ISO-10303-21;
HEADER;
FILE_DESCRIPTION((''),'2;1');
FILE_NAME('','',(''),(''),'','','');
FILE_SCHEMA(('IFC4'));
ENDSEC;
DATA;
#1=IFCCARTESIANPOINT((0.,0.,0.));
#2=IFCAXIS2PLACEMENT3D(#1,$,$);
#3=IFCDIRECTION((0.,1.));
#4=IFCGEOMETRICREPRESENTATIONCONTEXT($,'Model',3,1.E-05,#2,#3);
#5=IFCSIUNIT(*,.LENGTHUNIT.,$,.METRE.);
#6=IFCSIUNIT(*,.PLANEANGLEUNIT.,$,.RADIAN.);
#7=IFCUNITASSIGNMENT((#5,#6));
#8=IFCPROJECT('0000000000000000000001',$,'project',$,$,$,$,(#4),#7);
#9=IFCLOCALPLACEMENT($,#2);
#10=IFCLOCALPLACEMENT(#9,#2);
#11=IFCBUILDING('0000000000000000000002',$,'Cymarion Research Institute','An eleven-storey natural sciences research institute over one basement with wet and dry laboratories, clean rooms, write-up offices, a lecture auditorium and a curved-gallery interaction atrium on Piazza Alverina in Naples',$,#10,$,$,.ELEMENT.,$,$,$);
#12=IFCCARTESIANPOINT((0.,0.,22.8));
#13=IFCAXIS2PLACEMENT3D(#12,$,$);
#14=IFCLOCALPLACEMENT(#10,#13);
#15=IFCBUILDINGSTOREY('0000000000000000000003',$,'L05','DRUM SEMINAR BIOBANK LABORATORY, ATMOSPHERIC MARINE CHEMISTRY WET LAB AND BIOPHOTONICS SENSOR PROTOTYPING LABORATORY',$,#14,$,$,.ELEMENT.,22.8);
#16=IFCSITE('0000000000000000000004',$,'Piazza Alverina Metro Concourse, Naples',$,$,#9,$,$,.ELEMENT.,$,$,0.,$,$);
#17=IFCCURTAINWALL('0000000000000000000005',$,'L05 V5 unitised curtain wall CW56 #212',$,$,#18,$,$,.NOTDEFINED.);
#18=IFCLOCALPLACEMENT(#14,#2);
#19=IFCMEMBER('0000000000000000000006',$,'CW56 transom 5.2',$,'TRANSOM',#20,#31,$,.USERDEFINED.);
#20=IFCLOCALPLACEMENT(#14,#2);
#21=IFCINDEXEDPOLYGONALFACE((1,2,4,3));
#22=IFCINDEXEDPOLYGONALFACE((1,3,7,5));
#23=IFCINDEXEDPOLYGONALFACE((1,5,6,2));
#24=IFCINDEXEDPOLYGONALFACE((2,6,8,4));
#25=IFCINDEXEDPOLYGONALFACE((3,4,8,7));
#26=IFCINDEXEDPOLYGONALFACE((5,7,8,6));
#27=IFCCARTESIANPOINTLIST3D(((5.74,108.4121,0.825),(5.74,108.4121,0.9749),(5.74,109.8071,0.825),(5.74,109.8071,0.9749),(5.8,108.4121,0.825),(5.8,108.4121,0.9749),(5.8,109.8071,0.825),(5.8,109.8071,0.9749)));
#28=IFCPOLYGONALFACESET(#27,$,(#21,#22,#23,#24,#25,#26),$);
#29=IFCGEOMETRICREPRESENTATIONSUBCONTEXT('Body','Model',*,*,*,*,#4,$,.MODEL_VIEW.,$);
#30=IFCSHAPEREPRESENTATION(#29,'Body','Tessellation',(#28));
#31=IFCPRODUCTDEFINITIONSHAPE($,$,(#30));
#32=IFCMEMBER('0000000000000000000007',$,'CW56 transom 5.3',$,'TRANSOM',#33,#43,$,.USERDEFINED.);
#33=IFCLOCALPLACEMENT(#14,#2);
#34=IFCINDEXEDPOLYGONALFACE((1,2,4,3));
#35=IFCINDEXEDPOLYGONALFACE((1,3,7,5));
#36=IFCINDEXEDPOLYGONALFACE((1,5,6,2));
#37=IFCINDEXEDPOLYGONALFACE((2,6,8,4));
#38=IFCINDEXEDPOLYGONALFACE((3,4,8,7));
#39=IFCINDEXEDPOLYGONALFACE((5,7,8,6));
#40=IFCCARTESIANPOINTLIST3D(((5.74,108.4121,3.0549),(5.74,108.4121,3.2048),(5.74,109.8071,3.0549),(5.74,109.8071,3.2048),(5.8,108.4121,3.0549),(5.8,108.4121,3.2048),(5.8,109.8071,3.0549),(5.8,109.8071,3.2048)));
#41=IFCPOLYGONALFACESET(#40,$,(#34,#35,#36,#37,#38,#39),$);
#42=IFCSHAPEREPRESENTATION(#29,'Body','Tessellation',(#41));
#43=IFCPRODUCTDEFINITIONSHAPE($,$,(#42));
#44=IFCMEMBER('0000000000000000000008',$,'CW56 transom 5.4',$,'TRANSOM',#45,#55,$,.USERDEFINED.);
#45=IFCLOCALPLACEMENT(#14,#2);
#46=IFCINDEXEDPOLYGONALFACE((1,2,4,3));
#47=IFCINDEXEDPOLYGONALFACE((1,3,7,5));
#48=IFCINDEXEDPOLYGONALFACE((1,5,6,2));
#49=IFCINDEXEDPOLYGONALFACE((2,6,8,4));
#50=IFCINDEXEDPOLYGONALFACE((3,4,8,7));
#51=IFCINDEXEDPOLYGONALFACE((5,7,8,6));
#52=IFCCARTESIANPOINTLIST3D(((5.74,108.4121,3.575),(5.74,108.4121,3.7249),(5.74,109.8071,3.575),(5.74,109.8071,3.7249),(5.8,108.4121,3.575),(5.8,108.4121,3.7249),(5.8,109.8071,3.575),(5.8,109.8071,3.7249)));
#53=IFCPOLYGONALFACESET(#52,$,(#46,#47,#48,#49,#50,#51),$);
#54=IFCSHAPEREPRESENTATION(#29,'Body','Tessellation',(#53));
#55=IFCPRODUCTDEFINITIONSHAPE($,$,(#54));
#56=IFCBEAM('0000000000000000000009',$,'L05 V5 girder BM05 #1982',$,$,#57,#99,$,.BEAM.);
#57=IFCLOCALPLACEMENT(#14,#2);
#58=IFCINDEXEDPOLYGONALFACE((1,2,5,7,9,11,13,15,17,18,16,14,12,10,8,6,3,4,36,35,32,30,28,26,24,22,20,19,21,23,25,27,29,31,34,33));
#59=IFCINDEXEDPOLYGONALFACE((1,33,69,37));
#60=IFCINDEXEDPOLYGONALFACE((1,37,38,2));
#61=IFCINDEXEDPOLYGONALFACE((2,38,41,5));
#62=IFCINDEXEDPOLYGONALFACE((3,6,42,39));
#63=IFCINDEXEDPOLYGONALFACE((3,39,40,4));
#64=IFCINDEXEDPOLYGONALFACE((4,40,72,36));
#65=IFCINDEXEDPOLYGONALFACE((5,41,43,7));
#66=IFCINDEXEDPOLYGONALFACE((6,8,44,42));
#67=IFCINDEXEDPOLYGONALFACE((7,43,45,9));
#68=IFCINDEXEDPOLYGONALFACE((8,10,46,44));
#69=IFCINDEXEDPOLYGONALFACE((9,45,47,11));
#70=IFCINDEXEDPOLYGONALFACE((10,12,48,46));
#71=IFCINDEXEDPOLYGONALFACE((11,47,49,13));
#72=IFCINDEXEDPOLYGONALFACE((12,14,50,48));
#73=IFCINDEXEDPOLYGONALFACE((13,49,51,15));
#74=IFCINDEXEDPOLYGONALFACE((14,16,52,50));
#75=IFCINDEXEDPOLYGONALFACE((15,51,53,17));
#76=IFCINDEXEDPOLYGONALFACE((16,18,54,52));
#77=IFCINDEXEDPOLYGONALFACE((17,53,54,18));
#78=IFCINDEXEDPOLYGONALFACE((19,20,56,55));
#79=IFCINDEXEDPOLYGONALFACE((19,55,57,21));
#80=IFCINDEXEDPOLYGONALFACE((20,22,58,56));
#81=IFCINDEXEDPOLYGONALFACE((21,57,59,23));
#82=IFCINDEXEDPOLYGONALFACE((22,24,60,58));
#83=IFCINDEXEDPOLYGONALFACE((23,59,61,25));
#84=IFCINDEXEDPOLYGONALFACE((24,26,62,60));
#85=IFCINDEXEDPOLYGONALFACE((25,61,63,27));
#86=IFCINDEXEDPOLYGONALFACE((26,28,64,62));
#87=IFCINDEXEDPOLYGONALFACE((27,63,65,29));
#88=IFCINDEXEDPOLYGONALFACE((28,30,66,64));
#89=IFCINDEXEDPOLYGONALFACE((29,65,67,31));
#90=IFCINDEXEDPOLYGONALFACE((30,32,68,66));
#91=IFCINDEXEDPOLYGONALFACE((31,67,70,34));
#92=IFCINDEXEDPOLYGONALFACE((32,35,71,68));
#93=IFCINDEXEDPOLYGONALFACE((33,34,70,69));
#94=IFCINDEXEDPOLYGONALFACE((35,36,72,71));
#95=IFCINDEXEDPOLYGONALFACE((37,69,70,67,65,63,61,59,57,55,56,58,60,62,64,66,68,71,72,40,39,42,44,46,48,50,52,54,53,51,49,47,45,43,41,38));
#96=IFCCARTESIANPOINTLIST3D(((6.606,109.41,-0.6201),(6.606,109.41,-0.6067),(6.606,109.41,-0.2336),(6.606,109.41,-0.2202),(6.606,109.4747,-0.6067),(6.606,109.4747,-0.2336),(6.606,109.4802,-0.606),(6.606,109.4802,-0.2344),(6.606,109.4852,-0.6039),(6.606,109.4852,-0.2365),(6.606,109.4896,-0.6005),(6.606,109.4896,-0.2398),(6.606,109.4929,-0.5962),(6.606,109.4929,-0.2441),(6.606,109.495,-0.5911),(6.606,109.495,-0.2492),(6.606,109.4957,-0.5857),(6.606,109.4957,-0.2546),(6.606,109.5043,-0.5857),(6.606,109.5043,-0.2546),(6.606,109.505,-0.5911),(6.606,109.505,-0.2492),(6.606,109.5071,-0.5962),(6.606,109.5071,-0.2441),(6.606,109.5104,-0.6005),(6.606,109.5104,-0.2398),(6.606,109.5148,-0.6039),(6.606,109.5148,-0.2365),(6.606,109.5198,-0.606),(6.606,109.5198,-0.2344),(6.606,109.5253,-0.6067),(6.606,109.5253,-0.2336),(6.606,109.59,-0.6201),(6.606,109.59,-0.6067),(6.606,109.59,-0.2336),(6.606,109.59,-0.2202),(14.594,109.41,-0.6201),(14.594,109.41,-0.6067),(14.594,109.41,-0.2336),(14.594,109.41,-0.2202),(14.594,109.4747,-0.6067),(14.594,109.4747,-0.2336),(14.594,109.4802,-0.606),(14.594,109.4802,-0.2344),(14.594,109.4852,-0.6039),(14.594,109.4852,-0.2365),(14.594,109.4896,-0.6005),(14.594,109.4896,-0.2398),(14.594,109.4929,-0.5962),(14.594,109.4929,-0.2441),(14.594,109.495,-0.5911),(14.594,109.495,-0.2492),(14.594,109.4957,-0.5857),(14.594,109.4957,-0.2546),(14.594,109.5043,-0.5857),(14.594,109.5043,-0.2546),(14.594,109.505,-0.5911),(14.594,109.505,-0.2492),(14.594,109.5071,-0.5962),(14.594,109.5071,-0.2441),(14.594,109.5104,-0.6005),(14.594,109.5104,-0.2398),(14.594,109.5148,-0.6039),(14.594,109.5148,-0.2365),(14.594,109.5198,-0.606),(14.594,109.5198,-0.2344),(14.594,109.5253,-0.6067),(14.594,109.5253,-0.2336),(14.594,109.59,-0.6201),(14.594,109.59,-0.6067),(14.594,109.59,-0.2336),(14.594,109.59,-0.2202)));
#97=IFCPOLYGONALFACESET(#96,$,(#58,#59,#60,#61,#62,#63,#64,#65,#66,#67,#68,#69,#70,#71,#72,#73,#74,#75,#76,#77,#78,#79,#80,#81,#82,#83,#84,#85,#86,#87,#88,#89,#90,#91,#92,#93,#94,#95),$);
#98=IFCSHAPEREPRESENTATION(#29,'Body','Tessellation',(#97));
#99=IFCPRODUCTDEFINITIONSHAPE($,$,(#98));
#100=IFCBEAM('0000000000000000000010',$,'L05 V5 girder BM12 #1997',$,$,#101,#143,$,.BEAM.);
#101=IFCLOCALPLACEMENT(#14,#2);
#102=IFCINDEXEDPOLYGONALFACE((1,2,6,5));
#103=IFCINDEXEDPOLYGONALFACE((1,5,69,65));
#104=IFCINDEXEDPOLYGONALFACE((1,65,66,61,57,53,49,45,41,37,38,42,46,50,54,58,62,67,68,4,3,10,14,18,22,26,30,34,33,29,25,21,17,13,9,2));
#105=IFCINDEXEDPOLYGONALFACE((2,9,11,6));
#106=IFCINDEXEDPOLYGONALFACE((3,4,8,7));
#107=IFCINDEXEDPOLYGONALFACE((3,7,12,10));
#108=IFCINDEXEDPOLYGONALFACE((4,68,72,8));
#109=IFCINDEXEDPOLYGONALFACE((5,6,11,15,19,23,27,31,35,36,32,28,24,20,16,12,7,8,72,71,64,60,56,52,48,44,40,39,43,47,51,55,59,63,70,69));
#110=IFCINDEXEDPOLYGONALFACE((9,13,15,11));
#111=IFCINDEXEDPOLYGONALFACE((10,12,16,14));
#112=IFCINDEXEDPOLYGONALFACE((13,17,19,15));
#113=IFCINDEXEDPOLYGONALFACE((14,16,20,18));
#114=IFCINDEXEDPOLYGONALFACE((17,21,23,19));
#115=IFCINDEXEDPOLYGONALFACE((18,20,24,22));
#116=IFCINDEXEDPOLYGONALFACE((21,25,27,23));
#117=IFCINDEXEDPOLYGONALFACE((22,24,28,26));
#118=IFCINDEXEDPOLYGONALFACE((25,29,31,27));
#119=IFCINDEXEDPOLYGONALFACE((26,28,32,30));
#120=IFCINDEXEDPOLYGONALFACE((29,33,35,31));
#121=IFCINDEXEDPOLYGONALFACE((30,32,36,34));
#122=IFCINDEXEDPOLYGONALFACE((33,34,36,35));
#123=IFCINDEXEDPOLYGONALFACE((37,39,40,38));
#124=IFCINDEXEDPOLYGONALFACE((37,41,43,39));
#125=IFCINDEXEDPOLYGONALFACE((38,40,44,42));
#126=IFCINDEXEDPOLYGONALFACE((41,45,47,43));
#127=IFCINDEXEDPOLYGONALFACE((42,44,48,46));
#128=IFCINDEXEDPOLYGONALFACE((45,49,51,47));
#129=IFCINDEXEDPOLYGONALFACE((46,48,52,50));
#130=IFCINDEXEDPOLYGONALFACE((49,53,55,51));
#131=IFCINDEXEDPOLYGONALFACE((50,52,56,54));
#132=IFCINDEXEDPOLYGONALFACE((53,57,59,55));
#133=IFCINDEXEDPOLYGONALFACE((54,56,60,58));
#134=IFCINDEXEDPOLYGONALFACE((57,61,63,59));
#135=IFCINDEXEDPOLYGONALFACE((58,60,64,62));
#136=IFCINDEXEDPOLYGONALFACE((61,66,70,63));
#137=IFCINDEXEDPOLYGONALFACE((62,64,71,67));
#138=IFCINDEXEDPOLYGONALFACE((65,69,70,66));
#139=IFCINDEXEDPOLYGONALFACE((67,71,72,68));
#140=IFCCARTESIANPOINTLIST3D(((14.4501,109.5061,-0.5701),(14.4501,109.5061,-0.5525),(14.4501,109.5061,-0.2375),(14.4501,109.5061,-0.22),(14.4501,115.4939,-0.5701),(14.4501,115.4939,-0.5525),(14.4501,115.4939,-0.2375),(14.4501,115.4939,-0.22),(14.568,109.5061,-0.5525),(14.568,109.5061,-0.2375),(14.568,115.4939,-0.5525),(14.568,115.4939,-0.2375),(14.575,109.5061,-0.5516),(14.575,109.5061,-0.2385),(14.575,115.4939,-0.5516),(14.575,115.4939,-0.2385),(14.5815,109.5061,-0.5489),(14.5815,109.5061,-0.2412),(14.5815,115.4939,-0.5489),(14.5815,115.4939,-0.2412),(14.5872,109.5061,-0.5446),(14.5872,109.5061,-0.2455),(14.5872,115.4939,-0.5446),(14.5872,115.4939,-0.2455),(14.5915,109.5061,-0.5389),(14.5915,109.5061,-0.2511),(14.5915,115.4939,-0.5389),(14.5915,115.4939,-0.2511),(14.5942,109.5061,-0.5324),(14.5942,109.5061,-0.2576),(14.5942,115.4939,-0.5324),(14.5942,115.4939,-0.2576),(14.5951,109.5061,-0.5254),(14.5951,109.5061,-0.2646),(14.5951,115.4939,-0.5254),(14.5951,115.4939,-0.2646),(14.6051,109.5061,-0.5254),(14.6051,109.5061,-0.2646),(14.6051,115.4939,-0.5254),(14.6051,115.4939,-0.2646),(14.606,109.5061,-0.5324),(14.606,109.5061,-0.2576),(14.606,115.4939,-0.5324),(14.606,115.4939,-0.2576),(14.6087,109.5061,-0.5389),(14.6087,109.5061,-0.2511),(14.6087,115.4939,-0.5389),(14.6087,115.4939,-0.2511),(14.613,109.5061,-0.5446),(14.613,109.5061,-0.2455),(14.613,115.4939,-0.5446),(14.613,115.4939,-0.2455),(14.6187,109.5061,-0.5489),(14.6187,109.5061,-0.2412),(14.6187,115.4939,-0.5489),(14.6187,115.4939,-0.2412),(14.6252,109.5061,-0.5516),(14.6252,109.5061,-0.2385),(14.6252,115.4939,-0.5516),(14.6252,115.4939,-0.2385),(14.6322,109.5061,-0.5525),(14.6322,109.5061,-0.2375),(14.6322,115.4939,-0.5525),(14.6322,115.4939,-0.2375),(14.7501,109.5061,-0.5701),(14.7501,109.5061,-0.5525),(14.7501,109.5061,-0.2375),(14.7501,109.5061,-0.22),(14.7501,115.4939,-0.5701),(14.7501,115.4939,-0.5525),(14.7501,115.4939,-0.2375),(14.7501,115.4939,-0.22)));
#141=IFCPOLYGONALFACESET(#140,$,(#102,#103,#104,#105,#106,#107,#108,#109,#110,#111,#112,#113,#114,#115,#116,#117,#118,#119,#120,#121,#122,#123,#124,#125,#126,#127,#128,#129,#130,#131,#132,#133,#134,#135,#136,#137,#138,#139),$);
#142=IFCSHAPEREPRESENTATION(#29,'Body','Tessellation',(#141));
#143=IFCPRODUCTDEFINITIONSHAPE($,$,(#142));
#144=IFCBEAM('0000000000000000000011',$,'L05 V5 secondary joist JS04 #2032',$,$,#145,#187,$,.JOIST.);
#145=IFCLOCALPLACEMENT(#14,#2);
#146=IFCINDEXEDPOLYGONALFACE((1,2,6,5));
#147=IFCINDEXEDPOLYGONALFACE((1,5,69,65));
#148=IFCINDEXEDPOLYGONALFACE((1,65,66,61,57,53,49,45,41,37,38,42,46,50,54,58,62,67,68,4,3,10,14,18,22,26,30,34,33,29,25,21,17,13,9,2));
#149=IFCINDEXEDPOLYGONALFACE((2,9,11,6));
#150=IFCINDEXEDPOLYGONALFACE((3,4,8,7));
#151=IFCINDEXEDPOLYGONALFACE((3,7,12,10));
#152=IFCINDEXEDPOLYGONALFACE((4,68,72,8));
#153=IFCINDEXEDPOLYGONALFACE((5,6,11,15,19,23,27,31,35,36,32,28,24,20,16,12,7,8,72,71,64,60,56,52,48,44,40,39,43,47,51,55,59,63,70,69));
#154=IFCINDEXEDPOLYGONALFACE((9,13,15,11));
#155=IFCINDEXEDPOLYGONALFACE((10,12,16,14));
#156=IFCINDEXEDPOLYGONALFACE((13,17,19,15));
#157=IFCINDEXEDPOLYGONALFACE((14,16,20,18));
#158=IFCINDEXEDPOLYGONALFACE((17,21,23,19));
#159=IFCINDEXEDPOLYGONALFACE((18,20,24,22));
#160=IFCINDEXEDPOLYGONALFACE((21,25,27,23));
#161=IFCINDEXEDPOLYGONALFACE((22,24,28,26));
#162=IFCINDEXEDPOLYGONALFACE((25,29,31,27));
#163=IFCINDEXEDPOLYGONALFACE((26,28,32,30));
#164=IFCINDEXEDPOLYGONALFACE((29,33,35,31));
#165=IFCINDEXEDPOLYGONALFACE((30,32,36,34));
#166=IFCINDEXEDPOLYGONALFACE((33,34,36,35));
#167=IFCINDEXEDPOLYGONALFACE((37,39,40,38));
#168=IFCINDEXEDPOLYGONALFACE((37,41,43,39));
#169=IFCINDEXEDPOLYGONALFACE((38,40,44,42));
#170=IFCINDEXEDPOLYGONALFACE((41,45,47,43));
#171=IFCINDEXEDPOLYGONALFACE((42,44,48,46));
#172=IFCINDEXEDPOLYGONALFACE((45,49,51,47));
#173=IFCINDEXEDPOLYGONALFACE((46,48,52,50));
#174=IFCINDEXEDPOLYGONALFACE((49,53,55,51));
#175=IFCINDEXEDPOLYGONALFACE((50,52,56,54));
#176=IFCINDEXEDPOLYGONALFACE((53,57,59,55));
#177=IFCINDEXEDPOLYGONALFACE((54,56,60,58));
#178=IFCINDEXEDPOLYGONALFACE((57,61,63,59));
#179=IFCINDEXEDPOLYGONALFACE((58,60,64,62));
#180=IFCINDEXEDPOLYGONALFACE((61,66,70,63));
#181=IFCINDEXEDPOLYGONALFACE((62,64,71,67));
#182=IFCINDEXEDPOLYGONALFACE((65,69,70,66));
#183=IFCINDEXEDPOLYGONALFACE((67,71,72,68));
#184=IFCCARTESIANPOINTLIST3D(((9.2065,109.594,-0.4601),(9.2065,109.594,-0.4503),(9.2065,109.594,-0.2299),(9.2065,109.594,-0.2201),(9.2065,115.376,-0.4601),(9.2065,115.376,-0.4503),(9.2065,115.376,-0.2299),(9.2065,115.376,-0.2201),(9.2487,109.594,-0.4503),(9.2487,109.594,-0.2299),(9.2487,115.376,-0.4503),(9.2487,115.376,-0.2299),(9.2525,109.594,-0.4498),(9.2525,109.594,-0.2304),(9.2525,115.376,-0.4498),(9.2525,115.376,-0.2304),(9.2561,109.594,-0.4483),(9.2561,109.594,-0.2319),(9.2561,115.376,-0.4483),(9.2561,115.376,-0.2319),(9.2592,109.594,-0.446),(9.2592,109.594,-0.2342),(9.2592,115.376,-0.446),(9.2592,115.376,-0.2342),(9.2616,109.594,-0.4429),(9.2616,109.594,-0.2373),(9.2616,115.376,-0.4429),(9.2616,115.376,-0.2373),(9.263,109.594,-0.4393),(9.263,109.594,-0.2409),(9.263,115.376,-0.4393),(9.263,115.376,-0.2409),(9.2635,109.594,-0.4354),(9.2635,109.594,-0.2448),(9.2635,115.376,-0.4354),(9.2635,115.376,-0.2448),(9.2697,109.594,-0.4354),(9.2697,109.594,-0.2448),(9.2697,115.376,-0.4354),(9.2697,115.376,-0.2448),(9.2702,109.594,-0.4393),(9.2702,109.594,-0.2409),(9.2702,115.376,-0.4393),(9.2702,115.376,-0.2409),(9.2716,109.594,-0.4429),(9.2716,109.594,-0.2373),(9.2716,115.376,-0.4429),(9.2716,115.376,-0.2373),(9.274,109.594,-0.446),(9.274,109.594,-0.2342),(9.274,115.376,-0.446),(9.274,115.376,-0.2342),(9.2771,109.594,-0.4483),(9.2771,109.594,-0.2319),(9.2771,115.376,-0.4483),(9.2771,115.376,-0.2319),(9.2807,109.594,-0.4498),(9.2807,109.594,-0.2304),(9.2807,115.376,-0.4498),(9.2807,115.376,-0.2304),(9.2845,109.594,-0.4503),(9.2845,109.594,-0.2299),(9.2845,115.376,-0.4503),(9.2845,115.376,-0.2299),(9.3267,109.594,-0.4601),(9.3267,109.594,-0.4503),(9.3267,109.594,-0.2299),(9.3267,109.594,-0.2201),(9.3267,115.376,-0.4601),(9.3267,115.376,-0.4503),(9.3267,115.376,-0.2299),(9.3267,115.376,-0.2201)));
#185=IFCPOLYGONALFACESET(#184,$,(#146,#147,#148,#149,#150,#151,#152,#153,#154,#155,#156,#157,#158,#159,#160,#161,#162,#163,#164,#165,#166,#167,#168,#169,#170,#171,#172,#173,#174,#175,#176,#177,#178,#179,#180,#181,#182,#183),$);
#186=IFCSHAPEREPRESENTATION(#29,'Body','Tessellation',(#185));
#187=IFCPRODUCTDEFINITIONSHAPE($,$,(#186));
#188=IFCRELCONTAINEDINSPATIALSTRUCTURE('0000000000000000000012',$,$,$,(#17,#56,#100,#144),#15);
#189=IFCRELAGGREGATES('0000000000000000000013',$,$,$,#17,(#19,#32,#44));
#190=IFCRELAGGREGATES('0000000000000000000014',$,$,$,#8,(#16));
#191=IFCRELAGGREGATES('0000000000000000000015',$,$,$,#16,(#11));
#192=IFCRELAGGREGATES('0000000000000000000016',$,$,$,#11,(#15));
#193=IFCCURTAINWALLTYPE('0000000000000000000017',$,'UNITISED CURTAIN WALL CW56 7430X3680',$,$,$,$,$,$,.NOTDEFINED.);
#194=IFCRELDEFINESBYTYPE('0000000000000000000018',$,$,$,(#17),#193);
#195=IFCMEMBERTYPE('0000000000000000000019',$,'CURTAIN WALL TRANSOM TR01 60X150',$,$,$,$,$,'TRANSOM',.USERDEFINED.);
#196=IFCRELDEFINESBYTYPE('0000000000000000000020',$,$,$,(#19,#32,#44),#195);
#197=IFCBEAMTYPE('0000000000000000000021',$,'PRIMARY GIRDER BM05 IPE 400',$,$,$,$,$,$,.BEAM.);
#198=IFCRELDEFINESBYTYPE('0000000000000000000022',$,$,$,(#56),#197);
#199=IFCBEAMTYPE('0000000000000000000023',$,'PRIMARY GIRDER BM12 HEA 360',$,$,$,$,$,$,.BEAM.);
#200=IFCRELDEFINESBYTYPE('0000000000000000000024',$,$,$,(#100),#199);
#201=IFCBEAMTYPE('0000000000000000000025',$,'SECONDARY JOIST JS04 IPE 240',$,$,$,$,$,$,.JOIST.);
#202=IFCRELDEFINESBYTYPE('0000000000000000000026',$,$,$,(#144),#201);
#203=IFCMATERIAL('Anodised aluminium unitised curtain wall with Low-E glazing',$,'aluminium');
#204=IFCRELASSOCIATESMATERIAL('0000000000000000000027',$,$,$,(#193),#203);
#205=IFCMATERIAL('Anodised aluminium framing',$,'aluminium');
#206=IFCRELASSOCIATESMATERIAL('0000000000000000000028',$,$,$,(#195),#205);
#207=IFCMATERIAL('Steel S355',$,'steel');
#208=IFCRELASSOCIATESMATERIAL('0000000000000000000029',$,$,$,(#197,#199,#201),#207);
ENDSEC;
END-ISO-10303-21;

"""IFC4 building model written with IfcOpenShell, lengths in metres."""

from ifc_helpers import new_model, si_unit, direction, frame, origin, origin_2d, place, context, subcontext, project, spatial, rectangle, i_section, extrude, material, material_profile, profile_set, type_object, element, aggregate, save


model = new_model("IFC4")

# Units and contexts
model_context = context("Model", 3, precision=1e-05, world=origin(), true_north=direction((0.0, 1.0)))
body_context = subcontext(model_context, "Body", "Model", "MODEL_VIEW")
ifc_project = project(units=[si_unit("LENGTHUNIT", "METRE"), si_unit("PLANEANGLEUNIT", "RADIAN")], contexts=[model_context])

# Site, building, storey
site_placement = place(None, origin())
site = spatial("IfcSite", under=ifc_project, at=site_placement, Name="Piazza Alverina Metro Concourse, Naples", CompositionType="ELEMENT", RefElevation=0.0)
building_placement = place(site_placement, origin())
building = spatial("IfcBuilding", under=site, at=building_placement, Name="Cymarion Research Institute", Description="An eleven-storey natural sciences research institute over one basement with wet and dry laboratories, clean rooms, write-up offices, a lecture auditorium and a curved-gallery interaction atrium on Piazza Alverina in Naples", CompositionType="ELEMENT")
storey_placement = place(building_placement, frame((0.0, 0.0, 22.8)))
storey = spatial("IfcBuildingStorey", under=building, at=storey_placement, Name="L05", Description="DRUM SEMINAR BIOBANK LABORATORY, ATMOSPHERIC MARINE CHEMISTRY WET LAB AND BIOPHOTONICS SENSOR PROTOTYPING LABORATORY", CompositionType="ELEMENT", Elevation=22.8)

# Shared definitions
ifc_material_1 = material(Name="Steel S355", Category="steel")

# Curtain wall, members
ifc_material_2 = material(Name="Anodised aluminium unitised curtain wall with Low-E glazing", Category="aluminium")
curtain_wall_type = type_object("IfcCurtainWallType", Name="UNITISED CURTAIN WALL CW56 7430X3680", PredefinedType="NOTDEFINED", material=ifc_material_2)
curtain_wall_placement = place(storey_placement, origin())
curtain_wall = element("IfcCurtainWall", 1, at=curtain_wall_placement, inside=storey, type_object=curtain_wall_type, Name="L05 V5 unitised curtain wall CW56 #212", PredefinedType="NOTDEFINED")
ifc_material_3 = material(Name="Anodised aluminium framing", Category="aluminium")
ifc_material_profile_1 = material_profile(ifc_material_3, rectangle(XDim=0.0601, YDim=0.1499, at=origin_2d()), Name="ALU TRANSOM 60x150")
ifc_profile_set_1 = profile_set([ifc_material_profile_1], Name="Anodised aluminium framing")
member_type_1 = type_object("IfcMemberType", Name="CURTAIN WALL TRANSOM TR01 60X150", ElementType="TRANSOM", PredefinedType="USERDEFINED", material=ifc_profile_set_1)
member_1_placement = place(storey_placement, frame((5.77, 109.8071, 0.8999), z_axis=(0.0, -1.0, 0.0), x_axis=(1.0, 0.0, 0.0)))
member_1 = element("IfcMember", 2, at=member_1_placement, type_object=member_type_1, Name="CW56 transom 5.2", ObjectType="TRANSOM", PredefinedType="USERDEFINED", context=body_context, shape_type="SweptSolid", body=[
    extrude(rectangle(XDim=0.0601, YDim=0.1499, at=origin_2d()), origin(), (0.0, 0.0, 1.0), 1.395),
])
member_2_placement = place(storey_placement, frame((5.77, 109.8071, 3.1299), z_axis=(0.0, -1.0, 0.0), x_axis=(1.0, 0.0, 0.0)))
member_2 = element("IfcMember", 3, at=member_2_placement, type_object=member_type_1, Name="CW56 transom 5.3", ObjectType="TRANSOM", PredefinedType="USERDEFINED", context=body_context, shape_type="SweptSolid", body=[
    extrude(rectangle(XDim=0.0601, YDim=0.1499, at=origin_2d()), origin(), (0.0, 0.0, 1.0), 1.395),
])
member_3_placement = place(storey_placement, frame((5.77, 109.8071, 3.6499), z_axis=(0.0, -1.0, 0.0), x_axis=(1.0, 0.0, 0.0)))
member_3 = element("IfcMember", 4, at=member_3_placement, type_object=member_type_1, Name="CW56 transom 5.4", ObjectType="TRANSOM", PredefinedType="USERDEFINED", context=body_context, shape_type="SweptSolid", body=[
    extrude(rectangle(XDim=0.0601, YDim=0.1499, at=origin_2d()), origin(), (0.0, 0.0, 1.0), 1.395),
])

# Beams
ifc_material_profile_2 = material_profile(ifc_material_1, i_section(OverallWidth=0.1799, OverallDepth=0.3999, WebThickness=0.0085, FlangeThickness=0.0134, FilletRadius=0.021, at=origin_2d()), Name="IPE 400")
ifc_profile_set_2 = profile_set([ifc_material_profile_2], Name="Steel S355")
beam_type_1 = type_object("IfcBeamType", Name="PRIMARY GIRDER BM05 IPE 400", PredefinedType="BEAM", material=ifc_profile_set_2)
beam_1_placement = place(storey_placement, frame((6.606, 109.5, -0.4202), z_axis=(1.0, 0.0, 0.0), x_axis=(0.0, 1.0, 0.0)))
element("IfcBeam", 5, at=beam_1_placement, inside=storey, type_object=beam_type_1, Name="L05 V5 girder BM05 #1982", PredefinedType="BEAM", context=body_context, shape_type="SweptSolid", body=[
    extrude(i_section(OverallWidth=0.1799, OverallDepth=0.3999, WebThickness=0.0085, FlangeThickness=0.0134, FilletRadius=0.021, at=origin_2d()), origin(), (0.0, 0.0, 1.0), 7.988),
])
ifc_material_profile_3 = material_profile(ifc_material_1, i_section(OverallWidth=0.3, OverallDepth=0.3501, WebThickness=0.01, FlangeThickness=0.0176, FilletRadius=0.0271, at=origin_2d()), Name="HEA 360")
ifc_profile_set_3 = profile_set([ifc_material_profile_3], Name="Steel S355")
beam_type_2 = type_object("IfcBeamType", Name="PRIMARY GIRDER BM12 HEA 360", PredefinedType="BEAM", material=ifc_profile_set_3)
beam_2_placement = place(storey_placement, frame((14.6001, 109.5061, -0.395), z_axis=(0.0, 1.0, 0.0), x_axis=(-1.0, 0.0, 0.0)))
element("IfcBeam", 6, at=beam_2_placement, inside=storey, type_object=beam_type_2, Name="L05 V5 girder BM12 #1997", PredefinedType="BEAM", context=body_context, shape_type="SweptSolid", body=[
    extrude(i_section(OverallWidth=0.3, OverallDepth=0.3501, WebThickness=0.01, FlangeThickness=0.0176, FilletRadius=0.0271, at=origin_2d()), origin(), (0.0, 0.0, 1.0), 5.9878),
])
ifc_material_profile_4 = material_profile(ifc_material_1, i_section(OverallWidth=0.1201, OverallDepth=0.24, WebThickness=0.0061, FlangeThickness=0.0098, FilletRadius=0.0149, at=origin_2d()), Name="IPE 240")
ifc_profile_set_4 = profile_set([ifc_material_profile_4], Name="Steel S355")
beam_type_3 = type_object("IfcBeamType", Name="SECONDARY JOIST JS04 IPE 240", PredefinedType="JOIST", material=ifc_profile_set_4)
for number, where, z_axis, x_axis, name in (
    (7, (9.2666, 109.594, -0.3401), (0.0, 1.0, 0.0), (-1.0, 0.0, 0.0), "L05 V5 secondary joist JS04 #2032"),
):
    element("IfcBeam", number, at=place(storey_placement, frame(where, z_axis=z_axis, x_axis=x_axis)), inside=storey, type_object=beam_type_3, Name=name, PredefinedType="JOIST", context=body_context, shape_type="SweptSolid", body=[
        extrude(i_section(OverallWidth=0.1201, OverallDepth=0.24, WebThickness=0.0061, FlangeThickness=0.0098, FilletRadius=0.0149, at=origin_2d()), origin(), (0.0, 0.0, 1.0), 5.782),
    ])

aggregate(curtain_wall, [member_1, member_2, member_3])

save(model, "model.ifc")
